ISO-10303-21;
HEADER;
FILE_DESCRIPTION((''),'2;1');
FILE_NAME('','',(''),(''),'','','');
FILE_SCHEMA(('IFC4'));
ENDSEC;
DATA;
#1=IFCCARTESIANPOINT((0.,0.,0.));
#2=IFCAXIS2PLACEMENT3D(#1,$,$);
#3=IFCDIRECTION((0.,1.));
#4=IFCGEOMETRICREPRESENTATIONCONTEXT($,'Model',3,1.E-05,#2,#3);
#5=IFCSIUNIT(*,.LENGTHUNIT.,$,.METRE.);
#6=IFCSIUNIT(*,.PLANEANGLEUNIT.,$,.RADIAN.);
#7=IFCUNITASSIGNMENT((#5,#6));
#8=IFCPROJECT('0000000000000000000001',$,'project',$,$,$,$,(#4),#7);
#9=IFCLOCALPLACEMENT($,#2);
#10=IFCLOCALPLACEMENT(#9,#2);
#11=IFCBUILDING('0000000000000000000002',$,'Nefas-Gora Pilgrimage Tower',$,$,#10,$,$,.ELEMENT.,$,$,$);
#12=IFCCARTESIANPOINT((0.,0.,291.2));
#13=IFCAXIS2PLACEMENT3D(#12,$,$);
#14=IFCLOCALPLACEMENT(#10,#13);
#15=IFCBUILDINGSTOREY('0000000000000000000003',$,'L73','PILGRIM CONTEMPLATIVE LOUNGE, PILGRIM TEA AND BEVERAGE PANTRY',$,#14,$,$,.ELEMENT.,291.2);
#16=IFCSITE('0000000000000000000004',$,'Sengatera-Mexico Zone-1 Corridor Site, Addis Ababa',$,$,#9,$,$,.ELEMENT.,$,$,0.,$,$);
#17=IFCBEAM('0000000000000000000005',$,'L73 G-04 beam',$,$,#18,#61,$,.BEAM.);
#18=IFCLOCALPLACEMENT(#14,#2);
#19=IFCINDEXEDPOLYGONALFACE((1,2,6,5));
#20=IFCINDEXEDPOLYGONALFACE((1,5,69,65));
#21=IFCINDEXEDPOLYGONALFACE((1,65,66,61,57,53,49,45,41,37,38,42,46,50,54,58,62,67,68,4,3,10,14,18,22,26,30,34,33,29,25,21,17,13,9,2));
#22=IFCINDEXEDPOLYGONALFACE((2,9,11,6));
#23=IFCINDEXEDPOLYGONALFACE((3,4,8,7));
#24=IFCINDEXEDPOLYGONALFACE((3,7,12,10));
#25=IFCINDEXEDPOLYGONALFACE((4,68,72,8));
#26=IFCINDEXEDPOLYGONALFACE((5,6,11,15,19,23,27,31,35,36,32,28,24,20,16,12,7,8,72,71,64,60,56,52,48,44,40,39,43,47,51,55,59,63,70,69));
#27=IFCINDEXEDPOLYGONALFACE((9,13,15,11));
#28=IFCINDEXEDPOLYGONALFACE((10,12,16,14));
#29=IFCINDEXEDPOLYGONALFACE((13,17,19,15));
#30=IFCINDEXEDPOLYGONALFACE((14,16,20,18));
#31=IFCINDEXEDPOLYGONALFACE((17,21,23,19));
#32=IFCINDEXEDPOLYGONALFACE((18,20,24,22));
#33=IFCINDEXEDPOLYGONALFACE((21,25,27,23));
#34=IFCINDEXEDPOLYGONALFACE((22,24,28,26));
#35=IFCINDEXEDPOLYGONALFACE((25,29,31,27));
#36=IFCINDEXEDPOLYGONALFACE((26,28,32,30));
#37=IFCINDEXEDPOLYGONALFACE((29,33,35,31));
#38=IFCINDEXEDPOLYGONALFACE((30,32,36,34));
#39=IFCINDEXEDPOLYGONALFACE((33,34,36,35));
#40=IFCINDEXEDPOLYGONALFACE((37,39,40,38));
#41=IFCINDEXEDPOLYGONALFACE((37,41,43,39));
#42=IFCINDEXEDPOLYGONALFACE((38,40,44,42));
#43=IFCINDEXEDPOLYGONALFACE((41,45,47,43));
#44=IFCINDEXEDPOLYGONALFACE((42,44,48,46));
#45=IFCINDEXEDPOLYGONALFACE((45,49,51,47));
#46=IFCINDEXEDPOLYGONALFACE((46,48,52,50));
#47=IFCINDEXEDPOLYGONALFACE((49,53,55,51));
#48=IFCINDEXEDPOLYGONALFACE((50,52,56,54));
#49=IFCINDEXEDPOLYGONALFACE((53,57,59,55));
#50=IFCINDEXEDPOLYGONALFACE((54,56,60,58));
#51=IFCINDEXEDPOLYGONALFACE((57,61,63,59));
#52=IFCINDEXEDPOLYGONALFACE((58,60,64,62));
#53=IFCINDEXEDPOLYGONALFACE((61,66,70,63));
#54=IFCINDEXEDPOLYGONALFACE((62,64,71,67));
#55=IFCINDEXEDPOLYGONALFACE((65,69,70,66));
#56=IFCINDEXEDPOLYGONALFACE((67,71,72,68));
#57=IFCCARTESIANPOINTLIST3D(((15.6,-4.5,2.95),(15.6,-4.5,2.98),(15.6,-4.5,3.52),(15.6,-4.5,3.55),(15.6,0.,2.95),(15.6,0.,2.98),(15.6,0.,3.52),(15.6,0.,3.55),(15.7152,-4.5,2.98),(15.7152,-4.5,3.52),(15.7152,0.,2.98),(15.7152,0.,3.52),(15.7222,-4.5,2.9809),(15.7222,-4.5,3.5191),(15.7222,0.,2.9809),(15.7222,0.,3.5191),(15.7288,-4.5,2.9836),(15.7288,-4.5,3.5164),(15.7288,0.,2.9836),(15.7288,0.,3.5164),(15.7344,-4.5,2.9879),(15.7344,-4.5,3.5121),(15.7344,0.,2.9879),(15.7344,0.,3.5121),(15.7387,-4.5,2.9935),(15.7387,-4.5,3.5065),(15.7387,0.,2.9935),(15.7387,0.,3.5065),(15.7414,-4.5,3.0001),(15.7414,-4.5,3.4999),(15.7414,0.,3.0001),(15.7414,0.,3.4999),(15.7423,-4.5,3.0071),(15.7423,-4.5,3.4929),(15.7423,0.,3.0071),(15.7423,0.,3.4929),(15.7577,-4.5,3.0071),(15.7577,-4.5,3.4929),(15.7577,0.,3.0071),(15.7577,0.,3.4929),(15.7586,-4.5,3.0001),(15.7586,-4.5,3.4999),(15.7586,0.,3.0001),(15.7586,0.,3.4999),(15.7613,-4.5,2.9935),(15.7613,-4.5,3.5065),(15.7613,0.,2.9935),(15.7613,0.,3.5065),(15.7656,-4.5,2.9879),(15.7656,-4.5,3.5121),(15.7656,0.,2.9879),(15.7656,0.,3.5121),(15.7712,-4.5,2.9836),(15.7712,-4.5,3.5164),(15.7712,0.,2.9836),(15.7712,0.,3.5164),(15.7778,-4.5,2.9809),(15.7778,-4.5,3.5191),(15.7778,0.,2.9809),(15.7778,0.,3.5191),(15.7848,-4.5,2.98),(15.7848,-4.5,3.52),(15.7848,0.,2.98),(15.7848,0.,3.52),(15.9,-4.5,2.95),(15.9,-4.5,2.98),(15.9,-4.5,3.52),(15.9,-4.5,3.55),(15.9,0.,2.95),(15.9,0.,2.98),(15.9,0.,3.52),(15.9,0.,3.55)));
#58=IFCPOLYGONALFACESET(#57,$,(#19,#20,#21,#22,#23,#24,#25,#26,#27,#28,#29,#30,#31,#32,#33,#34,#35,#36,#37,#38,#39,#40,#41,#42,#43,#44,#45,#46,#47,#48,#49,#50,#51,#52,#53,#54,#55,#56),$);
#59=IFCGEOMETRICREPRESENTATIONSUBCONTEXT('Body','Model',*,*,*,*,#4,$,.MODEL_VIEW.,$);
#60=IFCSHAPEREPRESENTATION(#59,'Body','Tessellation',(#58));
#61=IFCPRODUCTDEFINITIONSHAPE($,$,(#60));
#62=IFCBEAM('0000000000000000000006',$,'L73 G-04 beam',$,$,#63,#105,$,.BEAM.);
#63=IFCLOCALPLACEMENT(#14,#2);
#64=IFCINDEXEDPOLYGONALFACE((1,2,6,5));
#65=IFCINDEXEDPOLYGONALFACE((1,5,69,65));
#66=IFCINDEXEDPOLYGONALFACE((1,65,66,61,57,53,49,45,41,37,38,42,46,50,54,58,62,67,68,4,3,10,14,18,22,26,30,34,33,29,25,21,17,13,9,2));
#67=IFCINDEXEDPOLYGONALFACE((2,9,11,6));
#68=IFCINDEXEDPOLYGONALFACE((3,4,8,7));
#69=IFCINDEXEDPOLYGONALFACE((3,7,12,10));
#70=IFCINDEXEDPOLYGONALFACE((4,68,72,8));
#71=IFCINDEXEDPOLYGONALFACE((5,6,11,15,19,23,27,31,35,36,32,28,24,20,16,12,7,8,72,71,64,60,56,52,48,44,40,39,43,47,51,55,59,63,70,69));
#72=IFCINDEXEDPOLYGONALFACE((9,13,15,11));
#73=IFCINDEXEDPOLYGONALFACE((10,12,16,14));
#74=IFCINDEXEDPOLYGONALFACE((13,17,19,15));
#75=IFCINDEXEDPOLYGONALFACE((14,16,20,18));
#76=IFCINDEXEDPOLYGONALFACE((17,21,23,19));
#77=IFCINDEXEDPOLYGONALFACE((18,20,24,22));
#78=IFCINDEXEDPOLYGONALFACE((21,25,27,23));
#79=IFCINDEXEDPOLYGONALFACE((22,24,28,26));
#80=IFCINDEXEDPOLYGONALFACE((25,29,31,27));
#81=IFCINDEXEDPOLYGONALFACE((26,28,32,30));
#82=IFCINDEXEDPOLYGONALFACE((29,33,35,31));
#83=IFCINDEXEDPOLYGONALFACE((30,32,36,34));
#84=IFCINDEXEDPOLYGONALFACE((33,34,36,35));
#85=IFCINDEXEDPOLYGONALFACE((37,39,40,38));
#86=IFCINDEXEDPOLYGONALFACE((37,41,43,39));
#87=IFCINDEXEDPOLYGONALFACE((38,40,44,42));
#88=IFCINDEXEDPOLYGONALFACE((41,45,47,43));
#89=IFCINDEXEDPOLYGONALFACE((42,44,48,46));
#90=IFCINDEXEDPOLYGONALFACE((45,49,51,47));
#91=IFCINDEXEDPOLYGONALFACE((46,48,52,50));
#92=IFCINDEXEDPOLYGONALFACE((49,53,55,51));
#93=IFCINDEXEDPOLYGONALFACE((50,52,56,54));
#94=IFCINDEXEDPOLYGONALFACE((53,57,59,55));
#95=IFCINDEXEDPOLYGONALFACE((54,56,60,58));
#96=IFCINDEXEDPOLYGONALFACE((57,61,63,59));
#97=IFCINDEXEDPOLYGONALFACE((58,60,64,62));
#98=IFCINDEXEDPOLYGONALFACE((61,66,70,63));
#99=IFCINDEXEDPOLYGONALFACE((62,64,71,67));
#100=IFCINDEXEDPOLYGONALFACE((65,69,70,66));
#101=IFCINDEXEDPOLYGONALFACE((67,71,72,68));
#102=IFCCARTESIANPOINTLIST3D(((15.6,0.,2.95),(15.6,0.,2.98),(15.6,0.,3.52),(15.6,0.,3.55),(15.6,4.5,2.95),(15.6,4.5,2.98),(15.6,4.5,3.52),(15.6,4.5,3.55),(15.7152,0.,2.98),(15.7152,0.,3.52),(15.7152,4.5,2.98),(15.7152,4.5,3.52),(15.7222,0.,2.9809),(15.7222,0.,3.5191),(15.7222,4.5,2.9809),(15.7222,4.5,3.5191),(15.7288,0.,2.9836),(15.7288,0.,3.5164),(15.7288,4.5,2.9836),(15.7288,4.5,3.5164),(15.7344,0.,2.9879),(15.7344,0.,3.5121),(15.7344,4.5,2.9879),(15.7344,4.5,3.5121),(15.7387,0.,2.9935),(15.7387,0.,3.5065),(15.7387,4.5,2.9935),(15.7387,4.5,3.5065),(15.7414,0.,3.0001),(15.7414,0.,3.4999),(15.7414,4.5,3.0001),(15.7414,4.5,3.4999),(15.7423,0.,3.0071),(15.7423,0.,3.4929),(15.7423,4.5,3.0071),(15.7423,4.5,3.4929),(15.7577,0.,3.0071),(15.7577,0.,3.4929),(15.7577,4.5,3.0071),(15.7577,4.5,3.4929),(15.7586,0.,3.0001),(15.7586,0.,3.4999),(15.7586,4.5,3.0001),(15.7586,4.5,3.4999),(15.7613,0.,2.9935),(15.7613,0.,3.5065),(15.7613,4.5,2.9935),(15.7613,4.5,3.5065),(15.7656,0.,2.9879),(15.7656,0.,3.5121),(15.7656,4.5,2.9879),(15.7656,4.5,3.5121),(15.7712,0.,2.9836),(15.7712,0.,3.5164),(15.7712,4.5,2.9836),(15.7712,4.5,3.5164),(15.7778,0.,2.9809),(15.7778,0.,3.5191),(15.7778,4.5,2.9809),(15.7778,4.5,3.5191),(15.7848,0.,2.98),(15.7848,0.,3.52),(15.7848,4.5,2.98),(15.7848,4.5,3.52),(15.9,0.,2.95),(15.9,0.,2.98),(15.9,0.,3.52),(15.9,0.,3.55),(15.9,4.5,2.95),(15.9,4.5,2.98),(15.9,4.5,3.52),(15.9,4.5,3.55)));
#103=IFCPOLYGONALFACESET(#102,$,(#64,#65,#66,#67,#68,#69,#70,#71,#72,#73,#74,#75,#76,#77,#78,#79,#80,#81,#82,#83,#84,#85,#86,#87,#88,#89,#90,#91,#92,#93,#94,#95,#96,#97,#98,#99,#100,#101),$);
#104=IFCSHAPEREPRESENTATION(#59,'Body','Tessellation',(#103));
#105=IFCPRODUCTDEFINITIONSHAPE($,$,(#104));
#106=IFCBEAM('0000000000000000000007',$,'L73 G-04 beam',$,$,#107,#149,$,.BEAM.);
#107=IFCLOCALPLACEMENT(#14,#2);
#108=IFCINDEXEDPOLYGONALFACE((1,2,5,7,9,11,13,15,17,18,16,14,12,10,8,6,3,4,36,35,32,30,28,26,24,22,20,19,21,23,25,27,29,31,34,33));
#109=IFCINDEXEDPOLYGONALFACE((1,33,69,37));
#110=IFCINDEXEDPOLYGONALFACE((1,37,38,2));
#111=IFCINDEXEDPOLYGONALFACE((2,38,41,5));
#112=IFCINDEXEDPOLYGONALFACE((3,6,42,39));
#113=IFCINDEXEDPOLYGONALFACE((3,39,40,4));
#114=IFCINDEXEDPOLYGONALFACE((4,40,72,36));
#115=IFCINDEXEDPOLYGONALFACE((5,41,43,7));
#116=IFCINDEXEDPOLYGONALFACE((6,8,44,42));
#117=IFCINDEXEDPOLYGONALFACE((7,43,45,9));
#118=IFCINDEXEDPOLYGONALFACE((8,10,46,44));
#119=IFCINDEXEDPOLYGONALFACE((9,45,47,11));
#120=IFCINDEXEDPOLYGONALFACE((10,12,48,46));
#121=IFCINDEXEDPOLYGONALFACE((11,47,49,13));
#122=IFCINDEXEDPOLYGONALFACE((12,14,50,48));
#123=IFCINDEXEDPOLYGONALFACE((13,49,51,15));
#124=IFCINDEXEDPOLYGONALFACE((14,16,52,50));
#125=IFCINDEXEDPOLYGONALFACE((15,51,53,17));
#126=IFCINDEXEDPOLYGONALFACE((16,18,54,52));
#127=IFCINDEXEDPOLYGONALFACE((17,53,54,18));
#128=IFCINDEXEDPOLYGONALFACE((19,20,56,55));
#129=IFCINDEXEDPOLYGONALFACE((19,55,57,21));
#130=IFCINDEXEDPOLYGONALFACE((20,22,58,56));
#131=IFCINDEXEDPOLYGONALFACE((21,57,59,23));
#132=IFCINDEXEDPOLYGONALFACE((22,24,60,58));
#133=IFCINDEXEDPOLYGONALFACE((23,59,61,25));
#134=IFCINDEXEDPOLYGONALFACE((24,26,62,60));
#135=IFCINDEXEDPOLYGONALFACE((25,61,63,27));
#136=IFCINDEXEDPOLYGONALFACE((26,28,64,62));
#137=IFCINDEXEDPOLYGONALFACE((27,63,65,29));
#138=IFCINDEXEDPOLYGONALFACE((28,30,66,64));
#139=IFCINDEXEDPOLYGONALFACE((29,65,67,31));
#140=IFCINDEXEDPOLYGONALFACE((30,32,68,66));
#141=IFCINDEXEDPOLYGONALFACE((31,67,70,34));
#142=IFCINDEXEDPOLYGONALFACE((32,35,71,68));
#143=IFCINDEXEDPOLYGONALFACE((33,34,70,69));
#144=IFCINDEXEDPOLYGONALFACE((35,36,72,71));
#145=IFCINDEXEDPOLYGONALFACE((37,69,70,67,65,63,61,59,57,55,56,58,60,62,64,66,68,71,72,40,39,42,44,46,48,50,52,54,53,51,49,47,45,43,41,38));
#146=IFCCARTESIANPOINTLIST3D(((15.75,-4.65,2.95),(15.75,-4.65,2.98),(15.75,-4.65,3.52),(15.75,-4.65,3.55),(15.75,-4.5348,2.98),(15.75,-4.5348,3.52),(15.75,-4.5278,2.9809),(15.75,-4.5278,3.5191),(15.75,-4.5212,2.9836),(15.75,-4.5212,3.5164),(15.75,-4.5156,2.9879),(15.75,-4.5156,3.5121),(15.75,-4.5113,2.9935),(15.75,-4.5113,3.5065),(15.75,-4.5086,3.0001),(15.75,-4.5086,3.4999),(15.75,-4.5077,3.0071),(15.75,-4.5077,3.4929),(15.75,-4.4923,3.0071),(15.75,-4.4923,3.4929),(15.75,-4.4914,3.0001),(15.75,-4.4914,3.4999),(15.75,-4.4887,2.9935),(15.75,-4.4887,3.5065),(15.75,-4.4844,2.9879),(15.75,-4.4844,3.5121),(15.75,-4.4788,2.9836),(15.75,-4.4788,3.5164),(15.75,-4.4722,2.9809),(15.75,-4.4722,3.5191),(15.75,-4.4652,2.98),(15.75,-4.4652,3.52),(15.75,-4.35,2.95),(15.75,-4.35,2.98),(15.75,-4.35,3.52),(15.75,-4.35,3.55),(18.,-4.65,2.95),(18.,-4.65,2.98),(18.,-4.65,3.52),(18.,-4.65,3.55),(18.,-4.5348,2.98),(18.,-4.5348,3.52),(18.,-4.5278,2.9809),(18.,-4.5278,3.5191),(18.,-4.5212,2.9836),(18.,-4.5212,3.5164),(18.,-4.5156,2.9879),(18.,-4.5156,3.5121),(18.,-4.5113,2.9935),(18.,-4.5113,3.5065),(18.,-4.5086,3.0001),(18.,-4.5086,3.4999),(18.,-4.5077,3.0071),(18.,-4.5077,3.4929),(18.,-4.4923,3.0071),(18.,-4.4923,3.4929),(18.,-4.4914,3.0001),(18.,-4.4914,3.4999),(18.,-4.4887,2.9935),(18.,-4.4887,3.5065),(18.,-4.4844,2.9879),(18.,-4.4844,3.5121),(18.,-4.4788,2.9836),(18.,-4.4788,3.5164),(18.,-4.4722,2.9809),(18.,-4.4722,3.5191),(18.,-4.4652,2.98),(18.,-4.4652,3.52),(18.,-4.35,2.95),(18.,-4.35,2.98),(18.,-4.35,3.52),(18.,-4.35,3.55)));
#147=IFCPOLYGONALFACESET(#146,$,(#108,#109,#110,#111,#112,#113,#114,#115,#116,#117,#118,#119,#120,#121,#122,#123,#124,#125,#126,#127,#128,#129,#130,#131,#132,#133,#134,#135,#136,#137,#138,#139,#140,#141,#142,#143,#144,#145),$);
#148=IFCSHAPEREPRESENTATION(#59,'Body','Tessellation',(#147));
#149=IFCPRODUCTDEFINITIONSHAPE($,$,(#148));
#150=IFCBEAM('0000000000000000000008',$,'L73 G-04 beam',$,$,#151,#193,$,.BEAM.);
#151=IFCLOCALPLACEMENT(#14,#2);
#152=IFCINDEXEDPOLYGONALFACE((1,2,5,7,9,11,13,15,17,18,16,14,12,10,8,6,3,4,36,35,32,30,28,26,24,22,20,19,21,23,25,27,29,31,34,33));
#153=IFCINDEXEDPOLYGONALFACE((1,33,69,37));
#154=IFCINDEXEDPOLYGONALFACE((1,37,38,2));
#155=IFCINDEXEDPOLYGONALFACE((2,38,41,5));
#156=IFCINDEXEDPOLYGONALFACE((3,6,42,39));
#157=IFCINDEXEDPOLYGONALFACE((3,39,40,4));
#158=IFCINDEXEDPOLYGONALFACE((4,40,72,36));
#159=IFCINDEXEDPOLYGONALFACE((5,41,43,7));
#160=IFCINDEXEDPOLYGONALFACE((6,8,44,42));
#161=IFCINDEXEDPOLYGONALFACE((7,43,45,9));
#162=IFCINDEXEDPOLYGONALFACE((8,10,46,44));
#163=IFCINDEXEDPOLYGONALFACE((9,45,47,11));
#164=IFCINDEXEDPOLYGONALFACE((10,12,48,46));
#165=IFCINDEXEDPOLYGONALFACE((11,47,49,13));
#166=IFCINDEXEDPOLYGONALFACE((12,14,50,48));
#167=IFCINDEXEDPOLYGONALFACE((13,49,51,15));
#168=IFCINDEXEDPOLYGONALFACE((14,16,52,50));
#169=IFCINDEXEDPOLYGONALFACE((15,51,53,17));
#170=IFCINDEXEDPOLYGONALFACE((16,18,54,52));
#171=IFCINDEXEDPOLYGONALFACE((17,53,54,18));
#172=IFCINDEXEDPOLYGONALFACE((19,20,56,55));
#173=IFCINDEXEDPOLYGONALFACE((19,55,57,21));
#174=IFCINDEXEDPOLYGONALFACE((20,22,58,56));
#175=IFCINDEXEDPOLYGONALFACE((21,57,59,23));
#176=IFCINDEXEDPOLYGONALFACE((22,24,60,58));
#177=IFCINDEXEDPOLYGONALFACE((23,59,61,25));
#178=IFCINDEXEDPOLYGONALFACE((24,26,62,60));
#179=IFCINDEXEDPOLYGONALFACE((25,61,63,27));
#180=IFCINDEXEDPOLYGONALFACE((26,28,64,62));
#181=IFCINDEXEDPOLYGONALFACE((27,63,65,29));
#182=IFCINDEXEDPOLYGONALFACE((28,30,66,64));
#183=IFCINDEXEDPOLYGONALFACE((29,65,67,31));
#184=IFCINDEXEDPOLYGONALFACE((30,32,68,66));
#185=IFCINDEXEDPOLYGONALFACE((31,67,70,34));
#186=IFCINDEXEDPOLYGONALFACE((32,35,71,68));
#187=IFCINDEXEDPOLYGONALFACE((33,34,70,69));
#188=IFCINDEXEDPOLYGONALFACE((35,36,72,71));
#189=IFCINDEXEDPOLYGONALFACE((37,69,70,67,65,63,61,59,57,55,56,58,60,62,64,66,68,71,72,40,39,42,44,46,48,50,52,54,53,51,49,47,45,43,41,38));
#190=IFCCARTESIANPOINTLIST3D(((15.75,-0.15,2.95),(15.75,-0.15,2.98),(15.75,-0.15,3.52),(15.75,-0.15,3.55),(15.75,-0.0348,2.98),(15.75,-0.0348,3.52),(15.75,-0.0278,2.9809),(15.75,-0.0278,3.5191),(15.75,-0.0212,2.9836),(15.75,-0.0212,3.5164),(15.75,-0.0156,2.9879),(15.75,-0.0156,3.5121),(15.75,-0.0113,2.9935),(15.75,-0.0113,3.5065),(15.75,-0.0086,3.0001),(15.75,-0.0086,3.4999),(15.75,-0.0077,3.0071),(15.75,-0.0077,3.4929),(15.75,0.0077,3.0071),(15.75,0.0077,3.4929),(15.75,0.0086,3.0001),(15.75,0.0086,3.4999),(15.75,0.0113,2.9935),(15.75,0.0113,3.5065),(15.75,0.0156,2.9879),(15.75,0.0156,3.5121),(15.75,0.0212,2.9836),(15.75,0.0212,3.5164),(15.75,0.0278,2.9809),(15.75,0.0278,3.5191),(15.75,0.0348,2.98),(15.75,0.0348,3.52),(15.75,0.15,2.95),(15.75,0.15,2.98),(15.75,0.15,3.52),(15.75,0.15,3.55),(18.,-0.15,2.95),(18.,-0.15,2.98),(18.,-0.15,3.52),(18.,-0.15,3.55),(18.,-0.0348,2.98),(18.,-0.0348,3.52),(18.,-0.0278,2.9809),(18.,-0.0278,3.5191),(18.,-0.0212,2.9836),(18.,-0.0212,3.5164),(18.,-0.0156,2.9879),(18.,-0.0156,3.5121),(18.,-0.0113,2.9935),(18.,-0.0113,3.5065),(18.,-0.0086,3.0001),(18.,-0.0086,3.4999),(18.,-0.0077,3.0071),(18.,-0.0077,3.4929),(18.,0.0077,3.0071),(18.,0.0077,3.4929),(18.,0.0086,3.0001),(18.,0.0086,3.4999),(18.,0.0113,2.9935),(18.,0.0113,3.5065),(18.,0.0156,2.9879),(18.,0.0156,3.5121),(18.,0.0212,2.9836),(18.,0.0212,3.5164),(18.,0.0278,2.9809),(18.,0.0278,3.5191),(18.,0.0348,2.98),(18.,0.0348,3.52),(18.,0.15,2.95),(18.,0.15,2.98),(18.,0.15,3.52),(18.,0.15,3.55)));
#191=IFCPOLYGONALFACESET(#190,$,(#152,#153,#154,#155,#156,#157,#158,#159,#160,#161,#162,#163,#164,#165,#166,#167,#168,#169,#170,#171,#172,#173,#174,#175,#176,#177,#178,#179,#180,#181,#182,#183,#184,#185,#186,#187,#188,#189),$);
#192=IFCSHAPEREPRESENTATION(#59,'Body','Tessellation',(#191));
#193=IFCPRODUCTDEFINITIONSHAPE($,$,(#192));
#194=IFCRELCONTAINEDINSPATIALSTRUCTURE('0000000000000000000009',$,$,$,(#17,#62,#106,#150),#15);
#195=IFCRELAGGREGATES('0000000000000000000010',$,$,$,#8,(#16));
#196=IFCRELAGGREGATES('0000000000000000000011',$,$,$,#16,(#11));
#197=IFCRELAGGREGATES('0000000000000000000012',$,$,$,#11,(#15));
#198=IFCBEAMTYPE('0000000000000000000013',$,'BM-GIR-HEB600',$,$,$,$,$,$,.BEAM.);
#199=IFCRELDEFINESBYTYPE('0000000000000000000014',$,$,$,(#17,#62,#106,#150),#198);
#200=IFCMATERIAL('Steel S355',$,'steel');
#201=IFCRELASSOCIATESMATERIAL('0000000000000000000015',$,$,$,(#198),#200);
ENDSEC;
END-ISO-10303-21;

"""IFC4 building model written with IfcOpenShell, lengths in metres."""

from ifc_helpers import new_model, si_unit, direction, frame, origin, origin_2d, place, context, subcontext, project, spatial, i_section, extrude, source, transform, mapped, material, material_profile, profile_set, type_object, element, save


model = new_model("IFC4")

# Units and contexts
model_context = context("Model", 3, precision=1e-05, world=origin(), true_north=direction((0.0, 1.0)))
body_context = subcontext(model_context, "Body", "Model", "MODEL_VIEW")
ifc_project = project(units=[si_unit("LENGTHUNIT", "METRE"), si_unit("PLANEANGLEUNIT", "RADIAN")], contexts=[model_context])

# Site, building, storey
site_placement = place(None, origin())
site = spatial("IfcSite", under=ifc_project, at=site_placement, Name="Sengatera-Mexico Zone-1 Corridor Site, Addis Ababa", CompositionType="ELEMENT", RefElevation=0.0)
building_placement = place(site_placement, origin())
building = spatial("IfcBuilding", under=site, at=building_placement, Name="Nefas-Gora Pilgrimage Tower", CompositionType="ELEMENT")
storey_placement = place(building_placement, frame((0.0, 0.0, 291.2)))
storey = spatial("IfcBuildingStorey", under=building, at=storey_placement, Name="L73", Description="PILGRIM CONTEMPLATIVE LOUNGE, PILGRIM TEA AND BEVERAGE PANTRY", CompositionType="ELEMENT", Elevation=291.2)

# Shared definitions
ifc_material_1 = material(Name="Steel S355", Category="steel")

# Beams
ifc_material_profile_1 = material_profile(ifc_material_1, i_section(OverallWidth=0.3, OverallDepth=0.6001, WebThickness=0.0154, FlangeThickness=0.03, FilletRadius=0.0271, at=origin_2d()), Name="HEB 600")
ifc_profile_set_1 = profile_set([ifc_material_profile_1], Name="Steel S355")
beam_type_1 = type_object("IfcBeamType", Name="BM-GIR-HEB600", PredefinedType="BEAM", material=ifc_profile_set_1)
shared_shape_1 = source(origin(), body_context, "Body", "SweptSolid", [
    extrude(i_section(OverallWidth=0.3, OverallDepth=0.6001, WebThickness=0.0154, FlangeThickness=0.03, FilletRadius=0.0271, at=origin_2d()), origin(), (0.0, 0.0, 1.0), 4.5),
])
for number, where, z_axis, x_axis, name in (
    (1, (15.75, -4.5, 3.25), (0.0, 1.0, 0.0), (-1.0, 0.0, 0.0), "L73 G-04 beam"),
    (2, (15.75, 0.0, 3.25), (0.0, 1.0, 0.0), (-1.0, 0.0, 0.0), "L73 G-04 beam"),
):
    element("IfcBeam", number, at=place(storey_placement, frame(where, z_axis=z_axis, x_axis=x_axis)), inside=storey, type_object=beam_type_1, Name=name, PredefinedType="BEAM", context=body_context, shape_type="MappedRepresentation", body=[
        mapped(shared_shape_1, transform((0.0, 0.0, 0.0), x_axis=(1.0, 0.0, 0.0), y_axis=(0.0, 1.0, 0.0), z_axis=(0.0, 0.0, 1.0), scale=1.0)),
    ])
shared_shape_2 = source(origin(), body_context, "Body", "SweptSolid", [
    extrude(i_section(OverallWidth=0.3, OverallDepth=0.6001, WebThickness=0.0154, FlangeThickness=0.03, FilletRadius=0.0271, at=origin_2d()), origin(), (0.0, 0.0, 1.0), 2.25),
])
for number, where, z_axis, x_axis, name in (
    (3, (15.75, -4.5, 3.25), (1.0, 0.0, 0.0), (0.0, 1.0, 0.0), "L73 G-04 beam"),
    (4, (15.75, 0.0, 3.25), (1.0, 0.0, 0.0), (0.0, 1.0, 0.0), "L73 G-04 beam"),
):
    element("IfcBeam", number, at=place(storey_placement, frame(where, z_axis=z_axis, x_axis=x_axis)), inside=storey, type_object=beam_type_1, Name=name, PredefinedType="BEAM", context=body_context, shape_type="MappedRepresentation", body=[
        mapped(shared_shape_2, transform((0.0, 0.0, 0.0), x_axis=(1.0, 0.0, 0.0), y_axis=(0.0, 1.0, 0.0), z_axis=(0.0, 0.0, 1.0), scale=1.0)),
    ])

save(model, "model.ifc")
